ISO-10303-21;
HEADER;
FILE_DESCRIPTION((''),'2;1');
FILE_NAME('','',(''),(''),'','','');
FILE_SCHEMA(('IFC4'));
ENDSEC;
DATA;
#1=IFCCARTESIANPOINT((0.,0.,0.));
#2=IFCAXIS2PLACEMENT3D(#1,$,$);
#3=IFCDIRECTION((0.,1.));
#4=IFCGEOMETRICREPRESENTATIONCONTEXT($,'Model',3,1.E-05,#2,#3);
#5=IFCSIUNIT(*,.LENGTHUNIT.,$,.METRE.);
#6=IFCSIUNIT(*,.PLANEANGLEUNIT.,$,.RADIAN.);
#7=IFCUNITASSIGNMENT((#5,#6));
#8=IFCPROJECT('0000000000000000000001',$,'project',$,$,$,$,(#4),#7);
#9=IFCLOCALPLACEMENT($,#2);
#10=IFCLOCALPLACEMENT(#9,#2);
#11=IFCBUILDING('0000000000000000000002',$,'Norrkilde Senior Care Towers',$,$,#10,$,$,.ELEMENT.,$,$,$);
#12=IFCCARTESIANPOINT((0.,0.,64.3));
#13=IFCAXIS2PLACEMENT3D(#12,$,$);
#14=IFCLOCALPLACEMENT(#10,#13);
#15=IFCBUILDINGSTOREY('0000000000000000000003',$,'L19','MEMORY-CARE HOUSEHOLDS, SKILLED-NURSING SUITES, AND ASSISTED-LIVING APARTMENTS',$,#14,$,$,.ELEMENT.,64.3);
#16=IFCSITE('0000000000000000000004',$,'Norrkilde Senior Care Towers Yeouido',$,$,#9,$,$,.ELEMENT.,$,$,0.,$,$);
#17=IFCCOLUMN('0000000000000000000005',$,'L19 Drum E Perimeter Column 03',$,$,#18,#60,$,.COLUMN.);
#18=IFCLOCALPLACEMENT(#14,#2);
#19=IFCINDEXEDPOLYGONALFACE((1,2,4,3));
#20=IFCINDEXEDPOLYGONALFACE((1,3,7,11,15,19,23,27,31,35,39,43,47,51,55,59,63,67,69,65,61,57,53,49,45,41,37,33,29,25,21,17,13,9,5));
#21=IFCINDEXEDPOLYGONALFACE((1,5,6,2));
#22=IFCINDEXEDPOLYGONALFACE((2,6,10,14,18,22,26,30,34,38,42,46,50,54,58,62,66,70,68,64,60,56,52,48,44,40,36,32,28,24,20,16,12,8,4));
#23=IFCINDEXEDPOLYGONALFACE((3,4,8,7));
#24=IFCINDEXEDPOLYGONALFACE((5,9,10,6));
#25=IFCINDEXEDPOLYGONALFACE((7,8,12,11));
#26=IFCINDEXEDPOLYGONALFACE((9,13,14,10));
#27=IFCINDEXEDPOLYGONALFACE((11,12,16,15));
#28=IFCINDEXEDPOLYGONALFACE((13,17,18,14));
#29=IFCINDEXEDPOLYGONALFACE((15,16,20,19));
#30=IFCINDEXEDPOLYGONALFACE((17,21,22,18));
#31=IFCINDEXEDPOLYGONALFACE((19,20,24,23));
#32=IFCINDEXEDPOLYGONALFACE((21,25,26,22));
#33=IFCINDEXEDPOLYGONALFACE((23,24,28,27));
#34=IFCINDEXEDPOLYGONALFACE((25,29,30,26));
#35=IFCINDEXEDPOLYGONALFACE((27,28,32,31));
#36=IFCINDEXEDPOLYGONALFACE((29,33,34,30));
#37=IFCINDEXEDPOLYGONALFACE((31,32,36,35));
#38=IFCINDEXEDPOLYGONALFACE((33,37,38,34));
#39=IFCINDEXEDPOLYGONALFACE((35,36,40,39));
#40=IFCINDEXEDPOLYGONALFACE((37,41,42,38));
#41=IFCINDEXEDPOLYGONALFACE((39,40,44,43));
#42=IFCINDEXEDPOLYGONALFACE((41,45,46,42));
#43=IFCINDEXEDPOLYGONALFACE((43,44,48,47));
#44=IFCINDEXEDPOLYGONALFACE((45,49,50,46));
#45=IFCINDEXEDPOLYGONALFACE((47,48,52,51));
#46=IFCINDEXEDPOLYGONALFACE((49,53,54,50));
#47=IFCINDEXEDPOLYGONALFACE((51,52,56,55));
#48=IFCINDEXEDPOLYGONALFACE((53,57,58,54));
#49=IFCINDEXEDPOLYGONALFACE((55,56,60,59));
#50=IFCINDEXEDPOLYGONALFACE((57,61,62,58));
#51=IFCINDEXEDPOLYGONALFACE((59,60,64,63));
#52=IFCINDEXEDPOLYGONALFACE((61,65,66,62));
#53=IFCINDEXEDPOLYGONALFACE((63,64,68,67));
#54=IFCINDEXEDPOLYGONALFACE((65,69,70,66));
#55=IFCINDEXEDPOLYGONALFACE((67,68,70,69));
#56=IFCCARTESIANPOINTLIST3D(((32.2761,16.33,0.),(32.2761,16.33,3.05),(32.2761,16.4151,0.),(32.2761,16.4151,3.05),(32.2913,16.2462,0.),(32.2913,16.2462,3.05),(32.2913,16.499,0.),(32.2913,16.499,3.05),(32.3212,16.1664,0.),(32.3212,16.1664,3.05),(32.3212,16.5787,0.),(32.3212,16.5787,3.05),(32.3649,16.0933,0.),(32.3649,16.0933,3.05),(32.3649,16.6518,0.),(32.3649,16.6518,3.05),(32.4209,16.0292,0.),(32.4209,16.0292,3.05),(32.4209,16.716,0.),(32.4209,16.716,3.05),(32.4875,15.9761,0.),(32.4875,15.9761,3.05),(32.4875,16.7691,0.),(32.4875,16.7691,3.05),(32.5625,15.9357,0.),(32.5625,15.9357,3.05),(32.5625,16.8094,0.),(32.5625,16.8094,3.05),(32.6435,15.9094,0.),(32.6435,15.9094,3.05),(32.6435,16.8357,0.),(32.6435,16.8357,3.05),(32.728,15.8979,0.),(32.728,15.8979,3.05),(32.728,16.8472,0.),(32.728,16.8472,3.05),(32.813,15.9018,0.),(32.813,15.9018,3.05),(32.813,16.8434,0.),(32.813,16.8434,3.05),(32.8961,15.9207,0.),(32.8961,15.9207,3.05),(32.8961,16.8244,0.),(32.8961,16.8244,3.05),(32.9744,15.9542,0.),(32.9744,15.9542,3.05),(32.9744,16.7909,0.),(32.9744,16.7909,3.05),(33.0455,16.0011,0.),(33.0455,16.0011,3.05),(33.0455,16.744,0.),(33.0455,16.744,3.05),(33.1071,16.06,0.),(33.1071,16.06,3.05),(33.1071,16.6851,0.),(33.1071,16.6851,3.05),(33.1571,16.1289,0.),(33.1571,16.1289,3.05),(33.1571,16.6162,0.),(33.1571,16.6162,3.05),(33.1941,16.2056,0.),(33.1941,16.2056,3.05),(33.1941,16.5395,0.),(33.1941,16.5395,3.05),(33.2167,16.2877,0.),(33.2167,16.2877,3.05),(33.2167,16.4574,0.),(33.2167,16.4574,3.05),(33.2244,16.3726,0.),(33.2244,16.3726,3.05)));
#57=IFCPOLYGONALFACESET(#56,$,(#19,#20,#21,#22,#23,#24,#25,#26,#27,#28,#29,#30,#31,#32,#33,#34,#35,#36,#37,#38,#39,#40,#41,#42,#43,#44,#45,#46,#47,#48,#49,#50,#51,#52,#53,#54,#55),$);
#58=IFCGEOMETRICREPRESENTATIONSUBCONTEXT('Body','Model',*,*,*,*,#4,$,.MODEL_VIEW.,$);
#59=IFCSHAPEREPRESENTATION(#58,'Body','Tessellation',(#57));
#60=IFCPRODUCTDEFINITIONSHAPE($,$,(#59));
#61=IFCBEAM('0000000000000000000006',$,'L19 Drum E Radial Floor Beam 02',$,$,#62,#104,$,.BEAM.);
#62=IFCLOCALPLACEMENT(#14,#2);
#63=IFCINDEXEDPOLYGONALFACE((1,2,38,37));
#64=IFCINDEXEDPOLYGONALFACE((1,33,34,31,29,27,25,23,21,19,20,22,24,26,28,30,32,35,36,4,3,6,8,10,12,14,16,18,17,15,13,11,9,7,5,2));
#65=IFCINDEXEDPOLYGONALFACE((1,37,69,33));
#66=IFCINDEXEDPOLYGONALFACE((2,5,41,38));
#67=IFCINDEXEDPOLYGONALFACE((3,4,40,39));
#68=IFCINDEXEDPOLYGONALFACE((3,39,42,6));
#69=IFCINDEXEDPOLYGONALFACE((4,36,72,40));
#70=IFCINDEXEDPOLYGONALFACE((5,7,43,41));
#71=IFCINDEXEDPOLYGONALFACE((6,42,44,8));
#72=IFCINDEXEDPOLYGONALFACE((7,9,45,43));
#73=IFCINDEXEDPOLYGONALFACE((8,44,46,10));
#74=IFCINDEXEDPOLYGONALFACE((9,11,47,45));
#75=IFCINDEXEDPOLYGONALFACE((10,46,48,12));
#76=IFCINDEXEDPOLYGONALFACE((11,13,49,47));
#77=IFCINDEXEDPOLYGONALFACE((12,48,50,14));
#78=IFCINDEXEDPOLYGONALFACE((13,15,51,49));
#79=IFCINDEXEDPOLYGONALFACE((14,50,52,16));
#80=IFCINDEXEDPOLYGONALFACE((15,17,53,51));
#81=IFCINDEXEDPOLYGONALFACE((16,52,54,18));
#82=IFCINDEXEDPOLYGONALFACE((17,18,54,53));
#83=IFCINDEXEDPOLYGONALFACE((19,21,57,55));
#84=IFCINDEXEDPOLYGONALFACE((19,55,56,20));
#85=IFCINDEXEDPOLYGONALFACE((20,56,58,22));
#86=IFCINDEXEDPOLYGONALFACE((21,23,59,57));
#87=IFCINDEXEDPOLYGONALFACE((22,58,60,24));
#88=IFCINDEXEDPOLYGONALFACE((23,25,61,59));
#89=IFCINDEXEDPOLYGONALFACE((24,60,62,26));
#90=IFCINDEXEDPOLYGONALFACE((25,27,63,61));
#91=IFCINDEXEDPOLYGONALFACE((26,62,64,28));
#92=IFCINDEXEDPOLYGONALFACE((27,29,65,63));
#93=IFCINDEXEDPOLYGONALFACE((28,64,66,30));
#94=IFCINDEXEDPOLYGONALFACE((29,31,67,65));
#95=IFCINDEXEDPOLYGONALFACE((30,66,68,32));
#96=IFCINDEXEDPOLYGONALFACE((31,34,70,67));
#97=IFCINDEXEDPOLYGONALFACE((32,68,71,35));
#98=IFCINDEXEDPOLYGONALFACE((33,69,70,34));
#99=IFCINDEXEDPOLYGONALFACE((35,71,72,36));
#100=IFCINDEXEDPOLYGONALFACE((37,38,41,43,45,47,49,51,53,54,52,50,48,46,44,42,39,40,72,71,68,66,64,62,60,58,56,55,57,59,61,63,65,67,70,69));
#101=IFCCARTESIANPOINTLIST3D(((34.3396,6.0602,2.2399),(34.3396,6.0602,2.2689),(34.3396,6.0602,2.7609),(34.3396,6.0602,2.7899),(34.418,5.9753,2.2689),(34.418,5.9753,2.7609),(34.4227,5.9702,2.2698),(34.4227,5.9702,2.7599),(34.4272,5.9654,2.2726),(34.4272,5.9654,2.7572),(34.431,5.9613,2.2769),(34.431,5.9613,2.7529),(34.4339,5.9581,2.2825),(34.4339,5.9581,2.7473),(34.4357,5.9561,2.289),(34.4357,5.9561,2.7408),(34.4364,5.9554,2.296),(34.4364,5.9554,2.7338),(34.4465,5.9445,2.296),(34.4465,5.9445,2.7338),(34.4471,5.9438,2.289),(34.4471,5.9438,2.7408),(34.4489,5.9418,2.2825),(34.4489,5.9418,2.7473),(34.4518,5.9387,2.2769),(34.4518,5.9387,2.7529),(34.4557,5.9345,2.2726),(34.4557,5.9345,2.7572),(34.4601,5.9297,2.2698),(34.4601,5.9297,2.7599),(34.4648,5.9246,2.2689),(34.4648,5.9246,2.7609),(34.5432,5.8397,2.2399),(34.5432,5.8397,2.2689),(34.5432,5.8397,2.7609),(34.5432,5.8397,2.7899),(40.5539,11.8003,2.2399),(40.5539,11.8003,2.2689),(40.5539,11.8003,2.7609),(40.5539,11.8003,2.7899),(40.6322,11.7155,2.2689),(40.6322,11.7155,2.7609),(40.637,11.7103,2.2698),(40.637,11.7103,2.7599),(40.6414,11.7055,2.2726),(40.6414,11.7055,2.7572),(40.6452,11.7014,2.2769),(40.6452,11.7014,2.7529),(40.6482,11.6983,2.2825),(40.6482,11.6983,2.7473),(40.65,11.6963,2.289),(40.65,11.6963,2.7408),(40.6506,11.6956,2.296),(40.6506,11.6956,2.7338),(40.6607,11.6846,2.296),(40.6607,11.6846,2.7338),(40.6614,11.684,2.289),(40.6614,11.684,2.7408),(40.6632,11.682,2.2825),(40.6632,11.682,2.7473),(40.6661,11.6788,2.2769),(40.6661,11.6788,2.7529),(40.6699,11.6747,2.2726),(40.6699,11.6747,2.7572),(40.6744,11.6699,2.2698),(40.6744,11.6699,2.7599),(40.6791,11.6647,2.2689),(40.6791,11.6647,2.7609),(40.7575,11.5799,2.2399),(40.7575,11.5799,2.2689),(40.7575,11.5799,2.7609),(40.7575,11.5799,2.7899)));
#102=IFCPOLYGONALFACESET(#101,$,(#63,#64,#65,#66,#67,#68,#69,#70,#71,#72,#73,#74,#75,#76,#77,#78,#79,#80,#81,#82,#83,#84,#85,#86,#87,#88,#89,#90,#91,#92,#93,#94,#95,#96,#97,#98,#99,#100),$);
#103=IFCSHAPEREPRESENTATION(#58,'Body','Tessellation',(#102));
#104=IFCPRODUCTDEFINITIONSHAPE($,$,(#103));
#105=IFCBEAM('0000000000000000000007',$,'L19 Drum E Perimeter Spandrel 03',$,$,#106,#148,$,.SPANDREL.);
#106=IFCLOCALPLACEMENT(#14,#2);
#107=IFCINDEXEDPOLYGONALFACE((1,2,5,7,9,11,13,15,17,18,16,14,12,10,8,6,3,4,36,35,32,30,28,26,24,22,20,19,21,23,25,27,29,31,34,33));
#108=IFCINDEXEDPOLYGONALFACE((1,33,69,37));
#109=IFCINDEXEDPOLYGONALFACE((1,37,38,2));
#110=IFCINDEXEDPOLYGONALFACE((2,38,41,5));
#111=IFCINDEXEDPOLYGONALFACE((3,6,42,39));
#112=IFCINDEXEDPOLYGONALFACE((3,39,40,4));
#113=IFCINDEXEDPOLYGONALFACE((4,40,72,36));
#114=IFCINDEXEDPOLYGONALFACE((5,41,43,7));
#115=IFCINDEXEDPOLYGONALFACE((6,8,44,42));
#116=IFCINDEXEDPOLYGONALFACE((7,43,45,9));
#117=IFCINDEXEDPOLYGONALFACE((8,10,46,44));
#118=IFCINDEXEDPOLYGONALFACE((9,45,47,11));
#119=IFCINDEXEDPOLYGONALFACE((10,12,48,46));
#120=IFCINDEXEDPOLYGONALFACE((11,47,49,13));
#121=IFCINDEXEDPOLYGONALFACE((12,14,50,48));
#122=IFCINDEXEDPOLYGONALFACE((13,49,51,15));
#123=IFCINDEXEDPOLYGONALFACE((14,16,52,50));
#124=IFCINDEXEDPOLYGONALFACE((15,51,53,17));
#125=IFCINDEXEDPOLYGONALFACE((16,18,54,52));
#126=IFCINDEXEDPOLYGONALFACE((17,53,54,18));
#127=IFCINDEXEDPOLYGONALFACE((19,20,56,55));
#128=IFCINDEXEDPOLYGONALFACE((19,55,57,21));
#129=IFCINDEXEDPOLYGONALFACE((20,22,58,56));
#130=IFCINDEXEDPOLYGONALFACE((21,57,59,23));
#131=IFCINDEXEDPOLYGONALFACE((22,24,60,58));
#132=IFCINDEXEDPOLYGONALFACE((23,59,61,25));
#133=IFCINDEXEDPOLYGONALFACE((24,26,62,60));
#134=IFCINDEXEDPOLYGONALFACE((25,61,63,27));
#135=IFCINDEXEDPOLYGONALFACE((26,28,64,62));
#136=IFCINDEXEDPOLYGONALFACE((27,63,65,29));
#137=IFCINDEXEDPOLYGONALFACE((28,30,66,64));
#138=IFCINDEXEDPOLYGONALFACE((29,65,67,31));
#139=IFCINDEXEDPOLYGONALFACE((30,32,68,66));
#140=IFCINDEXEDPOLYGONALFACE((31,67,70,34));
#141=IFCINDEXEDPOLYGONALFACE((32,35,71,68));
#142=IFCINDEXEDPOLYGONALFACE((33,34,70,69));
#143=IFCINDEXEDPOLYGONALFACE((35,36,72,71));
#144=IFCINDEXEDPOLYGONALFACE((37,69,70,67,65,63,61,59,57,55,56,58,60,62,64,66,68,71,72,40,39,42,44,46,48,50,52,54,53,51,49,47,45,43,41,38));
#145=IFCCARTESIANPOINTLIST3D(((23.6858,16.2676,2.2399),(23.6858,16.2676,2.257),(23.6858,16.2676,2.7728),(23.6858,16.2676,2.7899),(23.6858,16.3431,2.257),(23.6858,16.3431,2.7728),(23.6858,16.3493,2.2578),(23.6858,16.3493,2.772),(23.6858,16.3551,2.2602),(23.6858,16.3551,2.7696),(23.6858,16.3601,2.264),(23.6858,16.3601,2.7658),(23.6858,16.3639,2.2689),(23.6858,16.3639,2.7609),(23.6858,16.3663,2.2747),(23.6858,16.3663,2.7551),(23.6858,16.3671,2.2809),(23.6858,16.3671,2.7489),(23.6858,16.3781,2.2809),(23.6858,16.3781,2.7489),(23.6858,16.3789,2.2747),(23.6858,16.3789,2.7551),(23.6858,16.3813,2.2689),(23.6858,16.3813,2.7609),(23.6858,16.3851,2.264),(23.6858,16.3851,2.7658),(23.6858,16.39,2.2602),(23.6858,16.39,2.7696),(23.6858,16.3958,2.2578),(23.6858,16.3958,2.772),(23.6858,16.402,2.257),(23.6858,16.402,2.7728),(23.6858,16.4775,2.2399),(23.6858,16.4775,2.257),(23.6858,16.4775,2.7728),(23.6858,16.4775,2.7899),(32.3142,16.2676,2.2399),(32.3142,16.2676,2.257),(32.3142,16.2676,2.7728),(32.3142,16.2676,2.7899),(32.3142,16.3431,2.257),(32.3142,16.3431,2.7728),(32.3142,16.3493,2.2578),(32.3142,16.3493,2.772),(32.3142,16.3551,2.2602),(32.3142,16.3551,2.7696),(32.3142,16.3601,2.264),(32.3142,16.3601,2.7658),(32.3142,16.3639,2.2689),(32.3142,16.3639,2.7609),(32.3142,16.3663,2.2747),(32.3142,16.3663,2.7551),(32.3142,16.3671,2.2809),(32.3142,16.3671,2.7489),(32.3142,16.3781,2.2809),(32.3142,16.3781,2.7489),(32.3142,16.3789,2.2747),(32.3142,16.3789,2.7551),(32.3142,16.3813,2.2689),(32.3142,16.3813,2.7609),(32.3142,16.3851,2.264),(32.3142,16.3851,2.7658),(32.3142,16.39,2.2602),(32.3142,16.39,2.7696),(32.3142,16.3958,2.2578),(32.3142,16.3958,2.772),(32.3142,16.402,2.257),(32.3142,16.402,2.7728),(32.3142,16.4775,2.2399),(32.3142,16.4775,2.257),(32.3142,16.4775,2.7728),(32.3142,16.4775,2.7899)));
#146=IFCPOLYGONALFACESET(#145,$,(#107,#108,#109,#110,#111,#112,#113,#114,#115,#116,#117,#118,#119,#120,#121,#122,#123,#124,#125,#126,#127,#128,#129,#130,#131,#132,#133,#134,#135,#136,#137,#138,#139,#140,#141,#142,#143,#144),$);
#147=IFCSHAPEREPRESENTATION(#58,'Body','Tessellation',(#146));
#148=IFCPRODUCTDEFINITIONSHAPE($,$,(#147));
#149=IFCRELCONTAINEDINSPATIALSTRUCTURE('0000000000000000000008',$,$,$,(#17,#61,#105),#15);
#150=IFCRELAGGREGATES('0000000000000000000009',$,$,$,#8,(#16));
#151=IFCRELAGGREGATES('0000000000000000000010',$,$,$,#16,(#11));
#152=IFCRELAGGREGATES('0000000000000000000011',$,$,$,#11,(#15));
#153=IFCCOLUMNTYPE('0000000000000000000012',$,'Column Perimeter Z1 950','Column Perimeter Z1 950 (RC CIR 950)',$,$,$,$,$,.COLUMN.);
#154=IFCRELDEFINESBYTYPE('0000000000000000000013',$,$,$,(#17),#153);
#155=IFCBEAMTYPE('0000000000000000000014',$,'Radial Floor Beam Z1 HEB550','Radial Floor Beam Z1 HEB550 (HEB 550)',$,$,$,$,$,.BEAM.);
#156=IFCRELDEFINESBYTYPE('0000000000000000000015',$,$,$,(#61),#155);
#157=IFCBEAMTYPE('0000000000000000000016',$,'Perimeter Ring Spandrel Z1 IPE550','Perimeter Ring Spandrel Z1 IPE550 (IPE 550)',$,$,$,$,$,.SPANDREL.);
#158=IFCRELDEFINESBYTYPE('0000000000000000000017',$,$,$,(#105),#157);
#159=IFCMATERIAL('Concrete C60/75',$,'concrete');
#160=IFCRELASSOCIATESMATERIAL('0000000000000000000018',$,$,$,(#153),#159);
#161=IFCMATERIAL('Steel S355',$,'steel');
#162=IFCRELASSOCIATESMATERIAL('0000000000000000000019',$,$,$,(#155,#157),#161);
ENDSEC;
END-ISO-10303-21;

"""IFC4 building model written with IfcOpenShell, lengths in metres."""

from ifc_helpers import new_model, si_unit, direction, frame, origin, origin_2d, place, context, subcontext, project, spatial, circle, i_section, extrude, source, transform, mapped, material, material_profile, profile_set, type_object, type_shapes, element, save


model = new_model("IFC4")

# Units and contexts
model_context = context("Model", 3, precision=1e-05, world=origin(), true_north=direction((0.0, 1.0)))
body_context = subcontext(model_context, "Body", "Model", "MODEL_VIEW")
ifc_project = project(units=[si_unit("LENGTHUNIT", "METRE"), si_unit("PLANEANGLEUNIT", "RADIAN")], contexts=[model_context])

# Site, building, storey
site_placement = place(None, origin())
site = spatial("IfcSite", under=ifc_project, at=site_placement, Name="Norrkilde Senior Care Towers Yeouido", CompositionType="ELEMENT", RefElevation=0.0)
building_placement = place(site_placement, origin())
building = spatial("IfcBuilding", under=site, at=building_placement, Name="Norrkilde Senior Care Towers", CompositionType="ELEMENT")
storey_placement = place(building_placement, frame((0.0, 0.0, 64.3)))
storey = spatial("IfcBuildingStorey", under=building, at=storey_placement, Name="L19", Description="MEMORY-CARE HOUSEHOLDS, SKILLED-NURSING SUITES, AND ASSISTED-LIVING APARTMENTS", CompositionType="ELEMENT", Elevation=64.3)

# Column
ifc_material_1 = material(Name="Concrete C60/75", Category="concrete")
ifc_material_profile_1 = material_profile(ifc_material_1, circle(Radius=0.4751, at=origin_2d()), Name="RC CIR 950")
ifc_profile_set_1 = profile_set([ifc_material_profile_1], Name="Concrete C60/75")
column_type = type_object("IfcColumnType", Name="Column Perimeter Z1 950", Description="Column Perimeter Z1 950 (RC CIR 950)", PredefinedType="COLUMN", material=ifc_profile_set_1)
shared_shape_1 = source(origin(), body_context, "Body", "SweptSolid", [
    extrude(circle(Radius=0.4751, at=origin_2d()), origin(), (0.0, 0.0, 1.0), 3.05),
])
type_shapes(column_type, [shared_shape_1])
column_placement = place(storey_placement, frame((32.7493, 16.3726, 0.0), z_axis=(0.0, 0.0, 1.0), x_axis=(1.0, 0.0, 0.0)))
element("IfcColumn", 1, at=column_placement, inside=storey, type_object=column_type, Name="L19 Drum E Perimeter Column 03", PredefinedType="COLUMN", context=body_context, shape_type="MappedRepresentation", body=[
    mapped(shared_shape_1, transform((0.0, 0.0, 0.0), x_axis=(1.0, 0.0, 0.0), y_axis=(0.0, 1.0, 0.0), z_axis=(0.0, 0.0, 1.0), scale=1.0)),
])

# Beams
ifc_material_2 = material(Name="Steel S355", Category="steel")
ifc_material_profile_2 = material_profile(ifc_material_2, i_section(OverallWidth=0.3, OverallDepth=0.55, WebThickness=0.0149, FlangeThickness=0.0291, FilletRadius=0.0271, at=origin_2d()), Name="HEB 550")
ifc_profile_set_2 = profile_set([ifc_material_profile_2], Name="Steel S355")
beam_type_1 = type_object("IfcBeamType", Name="Radial Floor Beam Z1 HEB550", Description="Radial Floor Beam Z1 HEB550 (HEB 550)", PredefinedType="BEAM", material=ifc_profile_set_2)
shared_shape_2 = source(origin(), body_context, "Body", "SweptSolid", [
    extrude(i_section(OverallWidth=0.3, OverallDepth=0.55, WebThickness=0.0149, FlangeThickness=0.0291, FilletRadius=0.0271, at=origin_2d()), origin(), (0.0, 0.0, 1.0), 8.4597),
])
beam_1_placement = place(storey_placement, frame((34.4414, 5.95, 2.5149), z_axis=(0.734573, 0.678529, 0.0), x_axis=(-0.678529, 0.734573, 0.0)))
element("IfcBeam", 2, at=beam_1_placement, inside=storey, type_object=beam_type_1, Name="L19 Drum E Radial Floor Beam 02", PredefinedType="BEAM", context=body_context, shape_type="MappedRepresentation", body=[
    mapped(shared_shape_2, transform((0.0, 0.0, 0.0), x_axis=(1.0, 0.0, 0.0), y_axis=(0.0, 1.0, 0.0), z_axis=(0.0, 0.0, 1.0), scale=1.0)),
])
ifc_material_profile_3 = material_profile(ifc_material_2, i_section(OverallWidth=0.21, OverallDepth=0.55, WebThickness=0.011, FlangeThickness=0.0171, FilletRadius=0.0239, at=origin_2d()), Name="IPE 550")
ifc_profile_set_3 = profile_set([ifc_material_profile_3], Name="Steel S355")
beam_type_2 = type_object("IfcBeamType", Name="Perimeter Ring Spandrel Z1 IPE550", Description="Perimeter Ring Spandrel Z1 IPE550 (IPE 550)", PredefinedType="SPANDREL", material=ifc_profile_set_3)
shared_shape_3 = source(origin(), body_context, "Body", "SweptSolid", [
    extrude(i_section(OverallWidth=0.21, OverallDepth=0.55, WebThickness=0.011, FlangeThickness=0.0171, FilletRadius=0.0239, at=origin_2d()), origin(), (0.0, 0.0, 1.0), 8.6284),
])
type_shapes(beam_type_2, [shared_shape_3])
beam_2_placement = place(storey_placement, frame((32.3142, 16.3726, 2.5149), z_axis=(-1.0, 0.0, 0.0), x_axis=(0.0, -1.0, 0.0)))
element("IfcBeam", 3, at=beam_2_placement, inside=storey, type_object=beam_type_2, Name="L19 Drum E Perimeter Spandrel 03", PredefinedType="SPANDREL", context=body_context, shape_type="MappedRepresentation", body=[
    mapped(shared_shape_3, transform((0.0, 0.0, 0.0), x_axis=(1.0, 0.0, 0.0), y_axis=(0.0, 1.0, 0.0), z_axis=(0.0, 0.0, 1.0), scale=1.0)),
])

save(model, "model.ifc")
